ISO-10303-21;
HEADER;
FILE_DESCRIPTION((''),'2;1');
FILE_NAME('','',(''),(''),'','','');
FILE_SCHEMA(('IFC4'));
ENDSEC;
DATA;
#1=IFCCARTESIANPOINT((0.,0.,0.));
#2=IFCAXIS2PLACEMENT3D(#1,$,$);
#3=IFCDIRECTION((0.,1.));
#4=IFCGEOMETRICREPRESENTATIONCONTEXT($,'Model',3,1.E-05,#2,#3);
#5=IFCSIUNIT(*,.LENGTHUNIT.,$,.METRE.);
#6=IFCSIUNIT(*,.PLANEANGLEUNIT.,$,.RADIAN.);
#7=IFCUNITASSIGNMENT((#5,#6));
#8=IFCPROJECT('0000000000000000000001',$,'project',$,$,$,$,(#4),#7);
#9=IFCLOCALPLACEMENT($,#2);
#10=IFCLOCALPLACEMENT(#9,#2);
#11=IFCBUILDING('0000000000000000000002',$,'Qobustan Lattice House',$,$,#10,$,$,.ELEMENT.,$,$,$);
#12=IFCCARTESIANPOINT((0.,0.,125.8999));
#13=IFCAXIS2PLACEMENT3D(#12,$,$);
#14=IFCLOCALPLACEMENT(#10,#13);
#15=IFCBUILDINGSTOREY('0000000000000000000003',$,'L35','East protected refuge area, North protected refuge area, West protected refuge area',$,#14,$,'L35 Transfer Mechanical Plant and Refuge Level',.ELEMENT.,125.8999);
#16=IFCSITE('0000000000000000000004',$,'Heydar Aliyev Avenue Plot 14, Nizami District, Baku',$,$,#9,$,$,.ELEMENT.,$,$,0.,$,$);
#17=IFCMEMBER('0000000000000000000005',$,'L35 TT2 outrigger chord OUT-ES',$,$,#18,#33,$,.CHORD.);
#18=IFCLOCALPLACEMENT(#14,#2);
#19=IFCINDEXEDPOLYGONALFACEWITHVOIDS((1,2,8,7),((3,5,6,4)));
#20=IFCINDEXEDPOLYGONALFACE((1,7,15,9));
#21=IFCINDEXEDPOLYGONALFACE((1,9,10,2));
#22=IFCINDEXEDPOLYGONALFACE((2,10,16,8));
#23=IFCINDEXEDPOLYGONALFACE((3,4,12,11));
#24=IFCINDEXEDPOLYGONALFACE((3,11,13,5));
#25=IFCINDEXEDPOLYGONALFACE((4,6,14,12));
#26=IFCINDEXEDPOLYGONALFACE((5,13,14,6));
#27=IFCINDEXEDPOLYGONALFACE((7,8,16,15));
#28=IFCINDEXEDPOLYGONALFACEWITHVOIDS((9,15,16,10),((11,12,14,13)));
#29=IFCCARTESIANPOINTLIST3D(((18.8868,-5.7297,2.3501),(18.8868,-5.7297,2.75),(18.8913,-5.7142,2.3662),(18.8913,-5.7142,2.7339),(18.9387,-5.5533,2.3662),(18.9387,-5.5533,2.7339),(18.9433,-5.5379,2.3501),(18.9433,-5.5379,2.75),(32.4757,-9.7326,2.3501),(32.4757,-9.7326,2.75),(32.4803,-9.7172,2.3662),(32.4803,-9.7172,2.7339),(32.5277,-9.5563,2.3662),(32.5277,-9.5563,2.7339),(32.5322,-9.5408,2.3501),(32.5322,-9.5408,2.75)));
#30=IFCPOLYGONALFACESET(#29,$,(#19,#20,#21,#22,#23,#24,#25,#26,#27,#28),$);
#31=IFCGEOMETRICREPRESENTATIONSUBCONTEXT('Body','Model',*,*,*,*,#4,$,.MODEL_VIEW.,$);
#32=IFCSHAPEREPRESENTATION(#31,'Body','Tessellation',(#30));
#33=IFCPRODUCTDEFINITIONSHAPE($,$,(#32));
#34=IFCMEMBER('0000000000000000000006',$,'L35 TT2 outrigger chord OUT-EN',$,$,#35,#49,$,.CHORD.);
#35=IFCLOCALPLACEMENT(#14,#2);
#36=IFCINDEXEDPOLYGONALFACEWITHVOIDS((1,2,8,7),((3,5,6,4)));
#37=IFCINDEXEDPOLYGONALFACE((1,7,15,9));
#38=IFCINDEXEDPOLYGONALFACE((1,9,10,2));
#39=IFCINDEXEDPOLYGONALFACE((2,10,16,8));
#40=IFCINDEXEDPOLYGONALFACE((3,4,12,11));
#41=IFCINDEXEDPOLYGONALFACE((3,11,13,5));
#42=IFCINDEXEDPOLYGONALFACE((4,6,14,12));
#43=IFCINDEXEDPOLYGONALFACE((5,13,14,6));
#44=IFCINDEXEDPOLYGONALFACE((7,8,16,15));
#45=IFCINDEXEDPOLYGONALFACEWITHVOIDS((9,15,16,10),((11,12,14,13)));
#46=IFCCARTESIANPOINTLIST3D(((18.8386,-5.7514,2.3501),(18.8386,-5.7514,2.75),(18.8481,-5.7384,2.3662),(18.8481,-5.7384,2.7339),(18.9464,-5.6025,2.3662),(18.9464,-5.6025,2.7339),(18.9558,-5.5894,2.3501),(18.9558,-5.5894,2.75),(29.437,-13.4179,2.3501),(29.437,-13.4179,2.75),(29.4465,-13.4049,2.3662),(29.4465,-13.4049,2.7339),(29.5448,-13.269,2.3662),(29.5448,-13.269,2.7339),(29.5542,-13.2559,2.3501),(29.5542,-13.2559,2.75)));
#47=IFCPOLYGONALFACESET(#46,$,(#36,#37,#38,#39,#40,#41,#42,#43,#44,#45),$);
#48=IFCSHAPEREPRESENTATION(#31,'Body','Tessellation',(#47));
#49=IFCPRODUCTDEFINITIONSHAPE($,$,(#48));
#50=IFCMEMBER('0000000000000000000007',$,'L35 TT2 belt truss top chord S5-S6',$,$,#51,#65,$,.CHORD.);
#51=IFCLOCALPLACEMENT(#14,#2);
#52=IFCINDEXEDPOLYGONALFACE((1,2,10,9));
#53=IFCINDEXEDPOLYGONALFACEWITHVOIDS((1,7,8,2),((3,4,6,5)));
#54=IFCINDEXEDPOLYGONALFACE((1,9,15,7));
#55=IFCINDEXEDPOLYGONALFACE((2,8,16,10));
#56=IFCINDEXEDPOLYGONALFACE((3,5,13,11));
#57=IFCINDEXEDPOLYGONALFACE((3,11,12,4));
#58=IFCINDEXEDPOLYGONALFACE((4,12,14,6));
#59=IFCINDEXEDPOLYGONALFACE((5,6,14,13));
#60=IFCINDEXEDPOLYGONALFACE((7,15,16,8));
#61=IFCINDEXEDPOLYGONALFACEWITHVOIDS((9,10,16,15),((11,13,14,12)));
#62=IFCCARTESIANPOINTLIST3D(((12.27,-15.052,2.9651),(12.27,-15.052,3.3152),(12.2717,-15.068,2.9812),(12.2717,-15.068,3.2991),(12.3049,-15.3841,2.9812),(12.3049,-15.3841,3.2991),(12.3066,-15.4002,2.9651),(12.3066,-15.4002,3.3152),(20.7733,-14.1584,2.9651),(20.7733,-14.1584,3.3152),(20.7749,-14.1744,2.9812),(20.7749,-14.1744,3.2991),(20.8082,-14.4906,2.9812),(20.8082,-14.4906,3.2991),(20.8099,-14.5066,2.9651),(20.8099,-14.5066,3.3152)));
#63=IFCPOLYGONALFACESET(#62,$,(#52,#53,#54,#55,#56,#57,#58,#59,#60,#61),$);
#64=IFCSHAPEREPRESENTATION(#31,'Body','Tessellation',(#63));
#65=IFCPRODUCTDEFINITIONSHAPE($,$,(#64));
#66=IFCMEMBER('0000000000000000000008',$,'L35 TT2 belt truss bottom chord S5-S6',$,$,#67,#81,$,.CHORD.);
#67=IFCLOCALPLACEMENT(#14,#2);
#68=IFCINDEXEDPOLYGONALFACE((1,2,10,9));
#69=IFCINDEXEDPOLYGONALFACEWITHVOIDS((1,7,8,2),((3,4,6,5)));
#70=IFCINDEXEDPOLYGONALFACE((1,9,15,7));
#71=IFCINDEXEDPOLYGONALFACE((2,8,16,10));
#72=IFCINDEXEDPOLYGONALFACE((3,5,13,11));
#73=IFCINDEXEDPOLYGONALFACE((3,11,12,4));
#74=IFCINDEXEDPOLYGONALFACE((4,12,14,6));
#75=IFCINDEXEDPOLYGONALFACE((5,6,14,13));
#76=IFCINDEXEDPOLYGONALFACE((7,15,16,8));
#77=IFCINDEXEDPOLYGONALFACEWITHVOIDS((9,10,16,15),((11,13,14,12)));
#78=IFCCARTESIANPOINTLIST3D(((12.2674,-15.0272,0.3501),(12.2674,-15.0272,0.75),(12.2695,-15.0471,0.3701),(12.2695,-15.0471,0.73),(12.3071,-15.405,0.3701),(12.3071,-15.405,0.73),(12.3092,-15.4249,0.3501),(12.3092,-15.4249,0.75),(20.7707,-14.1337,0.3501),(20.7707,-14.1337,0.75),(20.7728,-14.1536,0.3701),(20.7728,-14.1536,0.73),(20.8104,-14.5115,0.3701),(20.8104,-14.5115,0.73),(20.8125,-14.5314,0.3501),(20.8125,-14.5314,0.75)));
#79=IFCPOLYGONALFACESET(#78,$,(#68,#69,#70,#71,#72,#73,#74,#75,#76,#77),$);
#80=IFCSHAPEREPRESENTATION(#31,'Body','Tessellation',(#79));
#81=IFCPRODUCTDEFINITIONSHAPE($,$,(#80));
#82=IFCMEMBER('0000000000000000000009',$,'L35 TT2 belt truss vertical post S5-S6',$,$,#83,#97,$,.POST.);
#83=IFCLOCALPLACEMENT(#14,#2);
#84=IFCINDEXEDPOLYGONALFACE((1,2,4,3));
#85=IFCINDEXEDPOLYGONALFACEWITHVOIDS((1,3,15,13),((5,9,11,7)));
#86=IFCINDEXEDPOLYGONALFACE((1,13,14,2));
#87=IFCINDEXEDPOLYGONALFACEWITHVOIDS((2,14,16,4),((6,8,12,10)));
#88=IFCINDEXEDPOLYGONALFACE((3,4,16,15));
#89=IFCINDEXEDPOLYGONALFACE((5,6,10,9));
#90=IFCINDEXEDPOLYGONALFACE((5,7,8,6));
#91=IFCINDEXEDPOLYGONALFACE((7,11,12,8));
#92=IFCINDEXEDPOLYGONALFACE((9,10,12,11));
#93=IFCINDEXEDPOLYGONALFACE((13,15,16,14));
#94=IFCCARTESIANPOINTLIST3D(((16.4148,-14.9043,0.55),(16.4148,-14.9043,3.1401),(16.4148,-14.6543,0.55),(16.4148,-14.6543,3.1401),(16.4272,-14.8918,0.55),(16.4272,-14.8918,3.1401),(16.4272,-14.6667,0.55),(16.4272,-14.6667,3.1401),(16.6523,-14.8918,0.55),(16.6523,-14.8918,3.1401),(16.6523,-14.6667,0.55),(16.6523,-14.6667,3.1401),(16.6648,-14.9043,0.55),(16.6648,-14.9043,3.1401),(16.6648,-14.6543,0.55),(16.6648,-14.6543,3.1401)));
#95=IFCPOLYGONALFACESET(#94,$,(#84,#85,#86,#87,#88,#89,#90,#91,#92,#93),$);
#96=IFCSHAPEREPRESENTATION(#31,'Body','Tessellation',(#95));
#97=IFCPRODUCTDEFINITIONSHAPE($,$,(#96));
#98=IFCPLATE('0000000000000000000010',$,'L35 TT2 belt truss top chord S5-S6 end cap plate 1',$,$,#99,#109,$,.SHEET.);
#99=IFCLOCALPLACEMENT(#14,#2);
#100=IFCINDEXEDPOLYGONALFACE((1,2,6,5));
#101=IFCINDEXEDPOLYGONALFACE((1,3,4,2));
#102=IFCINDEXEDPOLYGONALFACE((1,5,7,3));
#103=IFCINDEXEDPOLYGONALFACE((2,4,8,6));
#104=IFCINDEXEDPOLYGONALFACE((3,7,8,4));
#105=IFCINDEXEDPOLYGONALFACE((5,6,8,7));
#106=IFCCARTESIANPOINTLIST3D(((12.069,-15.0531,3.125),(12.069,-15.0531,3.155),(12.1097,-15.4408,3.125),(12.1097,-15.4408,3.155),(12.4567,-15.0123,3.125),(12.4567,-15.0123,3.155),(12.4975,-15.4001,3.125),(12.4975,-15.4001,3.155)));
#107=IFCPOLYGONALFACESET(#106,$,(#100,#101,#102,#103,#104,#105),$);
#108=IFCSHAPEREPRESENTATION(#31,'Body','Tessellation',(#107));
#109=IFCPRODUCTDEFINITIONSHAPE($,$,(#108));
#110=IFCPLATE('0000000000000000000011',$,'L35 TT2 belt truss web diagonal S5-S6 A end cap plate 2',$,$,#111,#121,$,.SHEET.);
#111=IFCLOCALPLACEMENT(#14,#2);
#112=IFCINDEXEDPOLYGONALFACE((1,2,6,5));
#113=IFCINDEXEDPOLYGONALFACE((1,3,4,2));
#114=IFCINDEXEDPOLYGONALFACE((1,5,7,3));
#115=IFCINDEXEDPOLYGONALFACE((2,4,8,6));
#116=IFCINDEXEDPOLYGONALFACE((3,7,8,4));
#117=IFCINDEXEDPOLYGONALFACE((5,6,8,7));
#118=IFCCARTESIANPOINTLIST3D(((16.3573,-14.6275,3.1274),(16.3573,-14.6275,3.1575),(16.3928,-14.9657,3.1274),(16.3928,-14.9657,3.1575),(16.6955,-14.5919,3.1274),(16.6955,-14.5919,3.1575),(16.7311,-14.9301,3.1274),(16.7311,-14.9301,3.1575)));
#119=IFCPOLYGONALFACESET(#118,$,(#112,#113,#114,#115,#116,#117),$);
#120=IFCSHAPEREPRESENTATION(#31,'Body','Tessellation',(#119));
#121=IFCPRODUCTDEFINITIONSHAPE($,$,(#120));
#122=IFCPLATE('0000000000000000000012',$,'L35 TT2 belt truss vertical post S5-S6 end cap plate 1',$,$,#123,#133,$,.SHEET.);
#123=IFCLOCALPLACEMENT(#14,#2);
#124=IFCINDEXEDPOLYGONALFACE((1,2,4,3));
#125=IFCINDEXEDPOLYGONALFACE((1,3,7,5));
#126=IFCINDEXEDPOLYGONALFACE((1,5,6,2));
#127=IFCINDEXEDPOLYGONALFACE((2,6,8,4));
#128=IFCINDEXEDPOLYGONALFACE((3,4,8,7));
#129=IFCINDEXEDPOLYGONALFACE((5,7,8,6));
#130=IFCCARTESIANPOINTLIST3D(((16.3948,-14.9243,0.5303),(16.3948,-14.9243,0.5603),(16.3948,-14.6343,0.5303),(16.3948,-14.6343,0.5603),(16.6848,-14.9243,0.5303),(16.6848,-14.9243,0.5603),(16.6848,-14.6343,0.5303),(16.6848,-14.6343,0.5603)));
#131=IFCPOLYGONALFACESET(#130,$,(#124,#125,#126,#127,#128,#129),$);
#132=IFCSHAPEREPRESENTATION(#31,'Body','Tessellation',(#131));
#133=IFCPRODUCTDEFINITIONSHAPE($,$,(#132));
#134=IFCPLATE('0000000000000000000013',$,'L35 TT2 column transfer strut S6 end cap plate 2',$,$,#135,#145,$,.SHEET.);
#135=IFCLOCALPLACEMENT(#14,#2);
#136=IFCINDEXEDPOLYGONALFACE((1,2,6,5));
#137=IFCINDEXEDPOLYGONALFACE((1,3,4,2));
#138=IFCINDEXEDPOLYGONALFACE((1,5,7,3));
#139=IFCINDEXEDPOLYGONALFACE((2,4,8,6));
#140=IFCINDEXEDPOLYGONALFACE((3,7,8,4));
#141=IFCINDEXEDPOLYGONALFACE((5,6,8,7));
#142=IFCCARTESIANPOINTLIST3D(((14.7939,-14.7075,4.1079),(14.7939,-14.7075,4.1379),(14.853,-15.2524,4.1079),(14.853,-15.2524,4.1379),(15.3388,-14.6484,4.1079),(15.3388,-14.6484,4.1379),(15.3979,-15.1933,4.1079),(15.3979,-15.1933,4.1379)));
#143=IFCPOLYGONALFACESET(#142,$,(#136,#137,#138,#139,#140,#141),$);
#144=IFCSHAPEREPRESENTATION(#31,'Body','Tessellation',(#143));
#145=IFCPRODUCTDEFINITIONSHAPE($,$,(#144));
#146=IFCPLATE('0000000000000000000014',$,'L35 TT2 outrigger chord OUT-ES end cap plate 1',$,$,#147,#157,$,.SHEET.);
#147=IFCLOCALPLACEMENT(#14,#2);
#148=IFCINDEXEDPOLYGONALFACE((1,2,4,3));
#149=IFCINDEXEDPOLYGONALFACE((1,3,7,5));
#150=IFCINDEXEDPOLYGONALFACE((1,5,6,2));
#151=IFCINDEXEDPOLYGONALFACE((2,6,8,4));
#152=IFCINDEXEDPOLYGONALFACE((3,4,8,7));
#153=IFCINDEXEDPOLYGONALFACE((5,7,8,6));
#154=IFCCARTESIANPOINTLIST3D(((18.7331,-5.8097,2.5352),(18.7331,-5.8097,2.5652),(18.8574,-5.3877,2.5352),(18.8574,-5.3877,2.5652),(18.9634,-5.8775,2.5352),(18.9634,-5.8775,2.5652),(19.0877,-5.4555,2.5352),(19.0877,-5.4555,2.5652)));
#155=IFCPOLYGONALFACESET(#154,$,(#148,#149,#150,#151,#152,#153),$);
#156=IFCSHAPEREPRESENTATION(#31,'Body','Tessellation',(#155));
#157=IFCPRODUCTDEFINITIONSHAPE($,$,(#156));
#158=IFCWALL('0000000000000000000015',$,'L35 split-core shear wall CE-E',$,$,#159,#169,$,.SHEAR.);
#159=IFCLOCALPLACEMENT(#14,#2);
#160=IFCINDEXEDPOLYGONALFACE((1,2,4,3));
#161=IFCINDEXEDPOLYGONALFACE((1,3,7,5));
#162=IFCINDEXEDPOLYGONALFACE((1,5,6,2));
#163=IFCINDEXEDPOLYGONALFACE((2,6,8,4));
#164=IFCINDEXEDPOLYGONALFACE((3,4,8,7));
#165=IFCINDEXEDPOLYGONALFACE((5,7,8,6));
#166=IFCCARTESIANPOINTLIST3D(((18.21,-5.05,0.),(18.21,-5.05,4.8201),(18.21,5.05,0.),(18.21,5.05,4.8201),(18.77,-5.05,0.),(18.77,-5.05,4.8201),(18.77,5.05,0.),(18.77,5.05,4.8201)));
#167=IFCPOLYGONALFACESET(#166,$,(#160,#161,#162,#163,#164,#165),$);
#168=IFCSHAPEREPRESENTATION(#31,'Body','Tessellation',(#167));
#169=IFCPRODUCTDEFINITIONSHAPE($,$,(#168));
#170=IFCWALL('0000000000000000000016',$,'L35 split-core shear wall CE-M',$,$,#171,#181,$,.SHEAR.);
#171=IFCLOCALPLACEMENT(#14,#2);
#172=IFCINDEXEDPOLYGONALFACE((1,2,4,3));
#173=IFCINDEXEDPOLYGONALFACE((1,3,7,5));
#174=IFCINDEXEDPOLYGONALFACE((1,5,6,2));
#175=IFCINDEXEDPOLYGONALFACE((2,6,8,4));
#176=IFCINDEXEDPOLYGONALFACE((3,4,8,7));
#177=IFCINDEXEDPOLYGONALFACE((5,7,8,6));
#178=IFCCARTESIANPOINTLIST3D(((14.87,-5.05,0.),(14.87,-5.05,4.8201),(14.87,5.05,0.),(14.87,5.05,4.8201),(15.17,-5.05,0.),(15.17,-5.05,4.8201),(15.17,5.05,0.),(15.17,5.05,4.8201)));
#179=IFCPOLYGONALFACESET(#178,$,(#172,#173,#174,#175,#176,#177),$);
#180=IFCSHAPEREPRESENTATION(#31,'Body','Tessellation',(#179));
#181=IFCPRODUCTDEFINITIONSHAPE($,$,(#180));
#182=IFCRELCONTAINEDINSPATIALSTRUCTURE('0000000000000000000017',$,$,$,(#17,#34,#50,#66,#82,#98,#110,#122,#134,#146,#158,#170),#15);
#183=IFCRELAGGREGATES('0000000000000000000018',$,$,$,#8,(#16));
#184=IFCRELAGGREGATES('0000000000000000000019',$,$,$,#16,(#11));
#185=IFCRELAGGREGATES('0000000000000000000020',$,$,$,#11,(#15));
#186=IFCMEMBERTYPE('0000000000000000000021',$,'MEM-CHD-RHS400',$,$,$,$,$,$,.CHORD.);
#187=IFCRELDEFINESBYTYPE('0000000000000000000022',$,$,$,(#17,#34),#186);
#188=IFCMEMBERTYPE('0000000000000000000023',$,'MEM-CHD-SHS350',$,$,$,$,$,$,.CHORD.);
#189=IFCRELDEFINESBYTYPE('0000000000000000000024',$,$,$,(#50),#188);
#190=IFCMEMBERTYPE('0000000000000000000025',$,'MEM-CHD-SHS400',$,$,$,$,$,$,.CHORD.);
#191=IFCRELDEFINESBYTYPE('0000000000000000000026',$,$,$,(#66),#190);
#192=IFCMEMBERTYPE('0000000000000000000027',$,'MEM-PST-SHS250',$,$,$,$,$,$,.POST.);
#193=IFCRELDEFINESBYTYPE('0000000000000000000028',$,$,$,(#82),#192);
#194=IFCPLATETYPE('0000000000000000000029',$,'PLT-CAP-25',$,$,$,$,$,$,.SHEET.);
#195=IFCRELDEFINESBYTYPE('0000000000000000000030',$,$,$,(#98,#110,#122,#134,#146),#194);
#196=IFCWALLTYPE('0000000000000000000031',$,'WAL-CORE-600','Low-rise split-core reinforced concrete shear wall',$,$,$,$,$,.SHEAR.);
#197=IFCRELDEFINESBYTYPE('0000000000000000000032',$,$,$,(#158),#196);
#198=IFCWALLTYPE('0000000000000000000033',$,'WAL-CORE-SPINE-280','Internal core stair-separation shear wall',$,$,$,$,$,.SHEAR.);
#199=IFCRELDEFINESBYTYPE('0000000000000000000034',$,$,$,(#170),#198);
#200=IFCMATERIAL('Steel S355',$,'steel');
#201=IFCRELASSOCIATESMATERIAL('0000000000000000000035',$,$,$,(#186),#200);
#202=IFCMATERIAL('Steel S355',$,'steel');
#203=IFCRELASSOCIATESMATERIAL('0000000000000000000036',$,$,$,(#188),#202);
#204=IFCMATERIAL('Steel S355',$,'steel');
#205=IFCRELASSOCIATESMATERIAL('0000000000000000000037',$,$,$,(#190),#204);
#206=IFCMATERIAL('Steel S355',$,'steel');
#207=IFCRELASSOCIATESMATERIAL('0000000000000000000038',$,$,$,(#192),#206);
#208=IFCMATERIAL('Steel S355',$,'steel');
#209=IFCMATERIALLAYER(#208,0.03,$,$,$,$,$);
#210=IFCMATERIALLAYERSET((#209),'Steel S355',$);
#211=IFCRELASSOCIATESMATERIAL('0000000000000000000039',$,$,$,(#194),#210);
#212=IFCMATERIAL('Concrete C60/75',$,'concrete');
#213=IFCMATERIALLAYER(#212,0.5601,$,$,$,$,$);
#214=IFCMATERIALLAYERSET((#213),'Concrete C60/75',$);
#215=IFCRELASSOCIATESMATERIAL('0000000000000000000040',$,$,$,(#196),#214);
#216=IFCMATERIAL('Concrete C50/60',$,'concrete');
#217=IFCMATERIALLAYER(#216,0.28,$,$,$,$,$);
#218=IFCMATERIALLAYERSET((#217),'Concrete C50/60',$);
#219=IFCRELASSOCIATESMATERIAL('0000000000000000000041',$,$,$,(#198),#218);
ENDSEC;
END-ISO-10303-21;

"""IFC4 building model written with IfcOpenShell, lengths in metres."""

from ifc_helpers import new_model, si_unit, direction, frame, frame_2d, origin, origin_2d, place, context, subcontext, project, spatial, rectangle, hollow_rectangle, extrude, material, layer, layer_set, material_profile, profile_set, type_object, element, save


model = new_model("IFC4")

# Units and contexts
model_context = context("Model", 3, precision=1e-05, world=origin(), true_north=direction((0.0, 1.0)))
body_context = subcontext(model_context, "Body", "Model", "MODEL_VIEW")
ifc_project = project(units=[si_unit("LENGTHUNIT", "METRE"), si_unit("PLANEANGLEUNIT", "RADIAN")], contexts=[model_context])

# Site, building, storey
site_placement = place(None, origin())
site = spatial("IfcSite", under=ifc_project, at=site_placement, Name="Heydar Aliyev Avenue Plot 14, Nizami District, Baku", CompositionType="ELEMENT", RefElevation=0.0)
building_placement = place(site_placement, origin())
building = spatial("IfcBuilding", under=site, at=building_placement, Name="Qobustan Lattice House", CompositionType="ELEMENT")
storey_placement = place(building_placement, frame((0.0, 0.0, 125.8999)))
storey = spatial("IfcBuildingStorey", under=building, at=storey_placement, Name="L35", Description="East protected refuge area, North protected refuge area, West protected refuge area", LongName="L35 Transfer Mechanical Plant and Refuge Level", CompositionType="ELEMENT", Elevation=125.8999)

# Members
ifc_material_1 = material(Name="Steel S355", Category="steel")
ifc_material_profile_1 = material_profile(ifc_material_1, hollow_rectangle(XDim=0.2, YDim=0.3999, WallThickness=0.0161, at=origin_2d()), Name="RHS400x200x16")
ifc_profile_set_1 = profile_set([ifc_material_profile_1], Name="Steel S355")
member_type_1 = type_object("IfcMemberType", Name="MEM-CHD-RHS400", PredefinedType="CHORD", material=ifc_profile_set_1)
member_1_placement = place(storey_placement, frame((18.915, -5.6338, 2.55), z_axis=(0.959247, -0.282569, 0.0), x_axis=(0.282569, 0.959247, 0.0)))
element("IfcMember", 1, at=member_1_placement, inside=storey, type_object=member_type_1, Name="L35 TT2 outrigger chord OUT-ES", PredefinedType="CHORD", context=body_context, shape_type="SweptSolid", body=[
    extrude(hollow_rectangle(XDim=0.2, YDim=0.3999, WallThickness=0.0161, at=origin_2d()), origin(), (0.0, 0.0, 1.0), 14.1663),
])
member_2_placement = place(storey_placement, frame((18.8972, -5.6704, 2.55), z_axis=(0.810239, -0.586099, 0.0), x_axis=(0.586099, 0.810239, 0.0)))
element("IfcMember", 2, at=member_2_placement, inside=storey, type_object=member_type_1, Name="L35 TT2 outrigger chord OUT-EN", PredefinedType="CHORD", context=body_context, shape_type="SweptSolid", body=[
    extrude(hollow_rectangle(XDim=0.2, YDim=0.3999, WallThickness=0.0161, at=origin_2d()), origin(), (0.0, 0.0, 1.0), 13.0806),
])
ifc_material_2 = material(Name="Steel S355", Category="steel")
ifc_material_profile_2 = material_profile(ifc_material_2, hollow_rectangle(XDim=0.3501, YDim=0.3501, WallThickness=0.0161, at=origin_2d()), Name="SHS350x350x16")
ifc_profile_set_2 = profile_set([ifc_material_profile_2], Name="Steel S355")
member_type_2 = type_object("IfcMemberType", Name="MEM-CHD-SHS350", PredefinedType="CHORD", material=ifc_profile_set_2)
member_3_placement = place(storey_placement, frame((12.2883, -15.2261, 3.1401), z_axis=(0.994524, 0.104509, 0.0), x_axis=(-0.104509, 0.994524, 0.0)))
element("IfcMember", 3, at=member_3_placement, inside=storey, type_object=member_type_2, Name="L35 TT2 belt truss top chord S5-S6", PredefinedType="CHORD", context=body_context, shape_type="SweptSolid", body=[
    extrude(hollow_rectangle(XDim=0.3501, YDim=0.3501, WallThickness=0.0161, at=origin_2d()), origin(), (0.0, 0.0, 1.0), 8.55),
])
ifc_material_3 = material(Name="Steel S355", Category="steel")
ifc_material_profile_3 = material_profile(ifc_material_3, hollow_rectangle(XDim=0.3999, YDim=0.3999, WallThickness=0.02, at=origin_2d()), Name="SHS400x400x20")
ifc_profile_set_3 = profile_set([ifc_material_profile_3], Name="Steel S355")
member_type_3 = type_object("IfcMemberType", Name="MEM-CHD-SHS400", PredefinedType="CHORD", material=ifc_profile_set_3)
member_4_placement = place(storey_placement, frame((12.2883, -15.2261, 0.55), z_axis=(0.994524, 0.104509, 0.0), x_axis=(-0.104509, 0.994524, 0.0)))
element("IfcMember", 4, at=member_4_placement, inside=storey, type_object=member_type_3, Name="L35 TT2 belt truss bottom chord S5-S6", PredefinedType="CHORD", context=body_context, shape_type="SweptSolid", body=[
    extrude(hollow_rectangle(XDim=0.3999, YDim=0.3999, WallThickness=0.02, at=origin_2d()), origin(), (0.0, 0.0, 1.0), 8.55),
])
ifc_material_4 = material(Name="Steel S355", Category="steel")
ifc_material_profile_4 = material_profile(ifc_material_4, hollow_rectangle(XDim=0.25, YDim=0.25, WallThickness=0.0125, at=origin_2d()), Name="SHS250x250x12.5")
ifc_profile_set_4 = profile_set([ifc_material_profile_4], Name="Steel S355")
member_type_4 = type_object("IfcMemberType", Name="MEM-PST-SHS250", PredefinedType="POST", material=ifc_profile_set_4)
member_5_placement = place(storey_placement, frame((16.5398, -14.7793, 0.55), z_axis=(0.0, 0.0, 1.0), x_axis=(1.0, 0.0, 0.0)))
element("IfcMember", 5, at=member_5_placement, inside=storey, type_object=member_type_4, Name="L35 TT2 belt truss vertical post S5-S6", PredefinedType="POST", context=body_context, shape_type="SweptSolid", body=[
    extrude(hollow_rectangle(XDim=0.25, YDim=0.25, WallThickness=0.0125, at=origin_2d()), origin(), (0.0, 0.0, 1.0), 2.5901),
])

# Plates
ifc_material_5 = material(Name="Steel S355", Category="steel")
ifc_layer_1 = layer(ifc_material_5, 0.03)
ifc_layer_set_1 = layer_set([ifc_layer_1], Name="Steel S355")
plate_type = type_object("IfcPlateType", Name="PLT-CAP-25", PredefinedType="SHEET", material=ifc_layer_set_1)
plate_1_placement = place(storey_placement, frame((12.2832, -15.2266, 3.125), z_axis=(0.0, 0.0, 1.0), x_axis=(0.994524, 0.104511, 0.0)))
element("IfcPlate", 6, at=plate_1_placement, inside=storey, type_object=plate_type, Name="L35 TT2 belt truss top chord S5-S6 end cap plate 1", PredefinedType="SHEET", context=body_context, shape_type="SweptSolid", body=[
    extrude(rectangle(XDim=0.3899, YDim=0.3899, at=origin_2d()), origin(), (0.0, 0.0, 1.0), 0.03),
])
plate_2_placement = place(storey_placement, frame((16.5442, -14.7788, 3.1274), z_axis=(0.0, 0.0, 1.0), x_axis=(0.994524, 0.104511, 0.0)))
element("IfcPlate", 7, at=plate_2_placement, inside=storey, type_object=plate_type, Name="L35 TT2 belt truss web diagonal S5-S6 A end cap plate 2", PredefinedType="SHEET", context=body_context, shape_type="SweptSolid", body=[
    extrude(rectangle(XDim=0.3401, YDim=0.3401, at=origin_2d()), origin(), (0.0, 0.0, 1.0), 0.03),
])
plate_3_placement = place(storey_placement, frame((16.5398, -14.7793, 0.5303), z_axis=(0.0, 0.0, 1.0), x_axis=(1.0, 0.0, 0.0)))
element("IfcPlate", 8, at=plate_3_placement, inside=storey, type_object=plate_type, Name="L35 TT2 belt truss vertical post S5-S6 end cap plate 1", PredefinedType="SHEET", context=body_context, shape_type="SweptSolid", body=[
    extrude(rectangle(XDim=0.29, YDim=0.29, at=origin_2d()), origin(), (0.0, 0.0, 1.0), 0.03),
])
plate_4_placement = place(storey_placement, frame((15.0959, -14.9504, 4.1079), z_axis=(0.0, 0.0, 1.0), x_axis=(-0.99417, -0.107826, 0.0)))
element("IfcPlate", 9, at=plate_4_placement, inside=storey, type_object=plate_type, Name="L35 TT2 column transfer strut S6 end cap plate 2", PredefinedType="SHEET", context=body_context, shape_type="SweptSolid", body=[
    extrude(rectangle(XDim=0.5481, YDim=0.5481, at=origin_2d()), origin(), (0.0, 0.0, 1.0), 0.03),
])
plate_5_placement = place(storey_placement, frame((18.9104, -5.6326, 2.5352), z_axis=(0.0, 0.0, 1.0), x_axis=(0.95925, -0.282559, 0.0)))
element("IfcPlate", 10, at=plate_5_placement, inside=storey, type_object=plate_type, Name="L35 TT2 outrigger chord OUT-ES end cap plate 1", PredefinedType="SHEET", context=body_context, shape_type="SweptSolid", body=[
    extrude(rectangle(XDim=0.24, YDim=0.4399, at=origin_2d()), origin(), (0.0, 0.0, 1.0), 0.03),
])

# Walls
ifc_material_6 = material(Name="Concrete C60/75", Category="concrete")
ifc_layer_2 = layer(ifc_material_6, 0.5601)
ifc_layer_set_2 = layer_set([ifc_layer_2], Name="Concrete C60/75")
wall_type_1 = type_object("IfcWallType", Name="WAL-CORE-600", Description="Low-rise split-core reinforced concrete shear wall", PredefinedType="SHEAR", material=ifc_layer_set_2)
wall_1_placement = place(storey_placement, frame((18.49, -5.05, 0.0), z_axis=(0.0, 0.0, 1.0), x_axis=(0.0, 1.0, 0.0)))
element("IfcWall", 11, at=wall_1_placement, inside=storey, type_object=wall_type_1, Name="L35 split-core shear wall CE-E", PredefinedType="SHEAR", context=body_context, shape_type="SweptSolid", body=[
    extrude(rectangle(XDim=10.1001, YDim=0.5601, at=frame_2d((5.05, 0.0))), origin(), (0.0, 0.0, 1.0), 4.8201),
])
ifc_material_7 = material(Name="Concrete C50/60", Category="concrete")
ifc_layer_3 = layer(ifc_material_7, 0.28)
ifc_layer_set_3 = layer_set([ifc_layer_3], Name="Concrete C50/60")
wall_type_2 = type_object("IfcWallType", Name="WAL-CORE-SPINE-280", Description="Internal core stair-separation shear wall", PredefinedType="SHEAR", material=ifc_layer_set_3)
wall_2_placement = place(storey_placement, frame((15.02, -5.05, 0.0), z_axis=(0.0, 0.0, 1.0), x_axis=(0.0, 1.0, 0.0)))
element("IfcWall", 12, at=wall_2_placement, inside=storey, type_object=wall_type_2, Name="L35 split-core shear wall CE-M", PredefinedType="SHEAR", context=body_context, shape_type="SweptSolid", body=[
    extrude(rectangle(XDim=10.1001, YDim=0.3, at=frame_2d((5.05, 0.0))), origin(), (0.0, 0.0, 1.0), 4.8201),
])

save(model, "model.ifc")
